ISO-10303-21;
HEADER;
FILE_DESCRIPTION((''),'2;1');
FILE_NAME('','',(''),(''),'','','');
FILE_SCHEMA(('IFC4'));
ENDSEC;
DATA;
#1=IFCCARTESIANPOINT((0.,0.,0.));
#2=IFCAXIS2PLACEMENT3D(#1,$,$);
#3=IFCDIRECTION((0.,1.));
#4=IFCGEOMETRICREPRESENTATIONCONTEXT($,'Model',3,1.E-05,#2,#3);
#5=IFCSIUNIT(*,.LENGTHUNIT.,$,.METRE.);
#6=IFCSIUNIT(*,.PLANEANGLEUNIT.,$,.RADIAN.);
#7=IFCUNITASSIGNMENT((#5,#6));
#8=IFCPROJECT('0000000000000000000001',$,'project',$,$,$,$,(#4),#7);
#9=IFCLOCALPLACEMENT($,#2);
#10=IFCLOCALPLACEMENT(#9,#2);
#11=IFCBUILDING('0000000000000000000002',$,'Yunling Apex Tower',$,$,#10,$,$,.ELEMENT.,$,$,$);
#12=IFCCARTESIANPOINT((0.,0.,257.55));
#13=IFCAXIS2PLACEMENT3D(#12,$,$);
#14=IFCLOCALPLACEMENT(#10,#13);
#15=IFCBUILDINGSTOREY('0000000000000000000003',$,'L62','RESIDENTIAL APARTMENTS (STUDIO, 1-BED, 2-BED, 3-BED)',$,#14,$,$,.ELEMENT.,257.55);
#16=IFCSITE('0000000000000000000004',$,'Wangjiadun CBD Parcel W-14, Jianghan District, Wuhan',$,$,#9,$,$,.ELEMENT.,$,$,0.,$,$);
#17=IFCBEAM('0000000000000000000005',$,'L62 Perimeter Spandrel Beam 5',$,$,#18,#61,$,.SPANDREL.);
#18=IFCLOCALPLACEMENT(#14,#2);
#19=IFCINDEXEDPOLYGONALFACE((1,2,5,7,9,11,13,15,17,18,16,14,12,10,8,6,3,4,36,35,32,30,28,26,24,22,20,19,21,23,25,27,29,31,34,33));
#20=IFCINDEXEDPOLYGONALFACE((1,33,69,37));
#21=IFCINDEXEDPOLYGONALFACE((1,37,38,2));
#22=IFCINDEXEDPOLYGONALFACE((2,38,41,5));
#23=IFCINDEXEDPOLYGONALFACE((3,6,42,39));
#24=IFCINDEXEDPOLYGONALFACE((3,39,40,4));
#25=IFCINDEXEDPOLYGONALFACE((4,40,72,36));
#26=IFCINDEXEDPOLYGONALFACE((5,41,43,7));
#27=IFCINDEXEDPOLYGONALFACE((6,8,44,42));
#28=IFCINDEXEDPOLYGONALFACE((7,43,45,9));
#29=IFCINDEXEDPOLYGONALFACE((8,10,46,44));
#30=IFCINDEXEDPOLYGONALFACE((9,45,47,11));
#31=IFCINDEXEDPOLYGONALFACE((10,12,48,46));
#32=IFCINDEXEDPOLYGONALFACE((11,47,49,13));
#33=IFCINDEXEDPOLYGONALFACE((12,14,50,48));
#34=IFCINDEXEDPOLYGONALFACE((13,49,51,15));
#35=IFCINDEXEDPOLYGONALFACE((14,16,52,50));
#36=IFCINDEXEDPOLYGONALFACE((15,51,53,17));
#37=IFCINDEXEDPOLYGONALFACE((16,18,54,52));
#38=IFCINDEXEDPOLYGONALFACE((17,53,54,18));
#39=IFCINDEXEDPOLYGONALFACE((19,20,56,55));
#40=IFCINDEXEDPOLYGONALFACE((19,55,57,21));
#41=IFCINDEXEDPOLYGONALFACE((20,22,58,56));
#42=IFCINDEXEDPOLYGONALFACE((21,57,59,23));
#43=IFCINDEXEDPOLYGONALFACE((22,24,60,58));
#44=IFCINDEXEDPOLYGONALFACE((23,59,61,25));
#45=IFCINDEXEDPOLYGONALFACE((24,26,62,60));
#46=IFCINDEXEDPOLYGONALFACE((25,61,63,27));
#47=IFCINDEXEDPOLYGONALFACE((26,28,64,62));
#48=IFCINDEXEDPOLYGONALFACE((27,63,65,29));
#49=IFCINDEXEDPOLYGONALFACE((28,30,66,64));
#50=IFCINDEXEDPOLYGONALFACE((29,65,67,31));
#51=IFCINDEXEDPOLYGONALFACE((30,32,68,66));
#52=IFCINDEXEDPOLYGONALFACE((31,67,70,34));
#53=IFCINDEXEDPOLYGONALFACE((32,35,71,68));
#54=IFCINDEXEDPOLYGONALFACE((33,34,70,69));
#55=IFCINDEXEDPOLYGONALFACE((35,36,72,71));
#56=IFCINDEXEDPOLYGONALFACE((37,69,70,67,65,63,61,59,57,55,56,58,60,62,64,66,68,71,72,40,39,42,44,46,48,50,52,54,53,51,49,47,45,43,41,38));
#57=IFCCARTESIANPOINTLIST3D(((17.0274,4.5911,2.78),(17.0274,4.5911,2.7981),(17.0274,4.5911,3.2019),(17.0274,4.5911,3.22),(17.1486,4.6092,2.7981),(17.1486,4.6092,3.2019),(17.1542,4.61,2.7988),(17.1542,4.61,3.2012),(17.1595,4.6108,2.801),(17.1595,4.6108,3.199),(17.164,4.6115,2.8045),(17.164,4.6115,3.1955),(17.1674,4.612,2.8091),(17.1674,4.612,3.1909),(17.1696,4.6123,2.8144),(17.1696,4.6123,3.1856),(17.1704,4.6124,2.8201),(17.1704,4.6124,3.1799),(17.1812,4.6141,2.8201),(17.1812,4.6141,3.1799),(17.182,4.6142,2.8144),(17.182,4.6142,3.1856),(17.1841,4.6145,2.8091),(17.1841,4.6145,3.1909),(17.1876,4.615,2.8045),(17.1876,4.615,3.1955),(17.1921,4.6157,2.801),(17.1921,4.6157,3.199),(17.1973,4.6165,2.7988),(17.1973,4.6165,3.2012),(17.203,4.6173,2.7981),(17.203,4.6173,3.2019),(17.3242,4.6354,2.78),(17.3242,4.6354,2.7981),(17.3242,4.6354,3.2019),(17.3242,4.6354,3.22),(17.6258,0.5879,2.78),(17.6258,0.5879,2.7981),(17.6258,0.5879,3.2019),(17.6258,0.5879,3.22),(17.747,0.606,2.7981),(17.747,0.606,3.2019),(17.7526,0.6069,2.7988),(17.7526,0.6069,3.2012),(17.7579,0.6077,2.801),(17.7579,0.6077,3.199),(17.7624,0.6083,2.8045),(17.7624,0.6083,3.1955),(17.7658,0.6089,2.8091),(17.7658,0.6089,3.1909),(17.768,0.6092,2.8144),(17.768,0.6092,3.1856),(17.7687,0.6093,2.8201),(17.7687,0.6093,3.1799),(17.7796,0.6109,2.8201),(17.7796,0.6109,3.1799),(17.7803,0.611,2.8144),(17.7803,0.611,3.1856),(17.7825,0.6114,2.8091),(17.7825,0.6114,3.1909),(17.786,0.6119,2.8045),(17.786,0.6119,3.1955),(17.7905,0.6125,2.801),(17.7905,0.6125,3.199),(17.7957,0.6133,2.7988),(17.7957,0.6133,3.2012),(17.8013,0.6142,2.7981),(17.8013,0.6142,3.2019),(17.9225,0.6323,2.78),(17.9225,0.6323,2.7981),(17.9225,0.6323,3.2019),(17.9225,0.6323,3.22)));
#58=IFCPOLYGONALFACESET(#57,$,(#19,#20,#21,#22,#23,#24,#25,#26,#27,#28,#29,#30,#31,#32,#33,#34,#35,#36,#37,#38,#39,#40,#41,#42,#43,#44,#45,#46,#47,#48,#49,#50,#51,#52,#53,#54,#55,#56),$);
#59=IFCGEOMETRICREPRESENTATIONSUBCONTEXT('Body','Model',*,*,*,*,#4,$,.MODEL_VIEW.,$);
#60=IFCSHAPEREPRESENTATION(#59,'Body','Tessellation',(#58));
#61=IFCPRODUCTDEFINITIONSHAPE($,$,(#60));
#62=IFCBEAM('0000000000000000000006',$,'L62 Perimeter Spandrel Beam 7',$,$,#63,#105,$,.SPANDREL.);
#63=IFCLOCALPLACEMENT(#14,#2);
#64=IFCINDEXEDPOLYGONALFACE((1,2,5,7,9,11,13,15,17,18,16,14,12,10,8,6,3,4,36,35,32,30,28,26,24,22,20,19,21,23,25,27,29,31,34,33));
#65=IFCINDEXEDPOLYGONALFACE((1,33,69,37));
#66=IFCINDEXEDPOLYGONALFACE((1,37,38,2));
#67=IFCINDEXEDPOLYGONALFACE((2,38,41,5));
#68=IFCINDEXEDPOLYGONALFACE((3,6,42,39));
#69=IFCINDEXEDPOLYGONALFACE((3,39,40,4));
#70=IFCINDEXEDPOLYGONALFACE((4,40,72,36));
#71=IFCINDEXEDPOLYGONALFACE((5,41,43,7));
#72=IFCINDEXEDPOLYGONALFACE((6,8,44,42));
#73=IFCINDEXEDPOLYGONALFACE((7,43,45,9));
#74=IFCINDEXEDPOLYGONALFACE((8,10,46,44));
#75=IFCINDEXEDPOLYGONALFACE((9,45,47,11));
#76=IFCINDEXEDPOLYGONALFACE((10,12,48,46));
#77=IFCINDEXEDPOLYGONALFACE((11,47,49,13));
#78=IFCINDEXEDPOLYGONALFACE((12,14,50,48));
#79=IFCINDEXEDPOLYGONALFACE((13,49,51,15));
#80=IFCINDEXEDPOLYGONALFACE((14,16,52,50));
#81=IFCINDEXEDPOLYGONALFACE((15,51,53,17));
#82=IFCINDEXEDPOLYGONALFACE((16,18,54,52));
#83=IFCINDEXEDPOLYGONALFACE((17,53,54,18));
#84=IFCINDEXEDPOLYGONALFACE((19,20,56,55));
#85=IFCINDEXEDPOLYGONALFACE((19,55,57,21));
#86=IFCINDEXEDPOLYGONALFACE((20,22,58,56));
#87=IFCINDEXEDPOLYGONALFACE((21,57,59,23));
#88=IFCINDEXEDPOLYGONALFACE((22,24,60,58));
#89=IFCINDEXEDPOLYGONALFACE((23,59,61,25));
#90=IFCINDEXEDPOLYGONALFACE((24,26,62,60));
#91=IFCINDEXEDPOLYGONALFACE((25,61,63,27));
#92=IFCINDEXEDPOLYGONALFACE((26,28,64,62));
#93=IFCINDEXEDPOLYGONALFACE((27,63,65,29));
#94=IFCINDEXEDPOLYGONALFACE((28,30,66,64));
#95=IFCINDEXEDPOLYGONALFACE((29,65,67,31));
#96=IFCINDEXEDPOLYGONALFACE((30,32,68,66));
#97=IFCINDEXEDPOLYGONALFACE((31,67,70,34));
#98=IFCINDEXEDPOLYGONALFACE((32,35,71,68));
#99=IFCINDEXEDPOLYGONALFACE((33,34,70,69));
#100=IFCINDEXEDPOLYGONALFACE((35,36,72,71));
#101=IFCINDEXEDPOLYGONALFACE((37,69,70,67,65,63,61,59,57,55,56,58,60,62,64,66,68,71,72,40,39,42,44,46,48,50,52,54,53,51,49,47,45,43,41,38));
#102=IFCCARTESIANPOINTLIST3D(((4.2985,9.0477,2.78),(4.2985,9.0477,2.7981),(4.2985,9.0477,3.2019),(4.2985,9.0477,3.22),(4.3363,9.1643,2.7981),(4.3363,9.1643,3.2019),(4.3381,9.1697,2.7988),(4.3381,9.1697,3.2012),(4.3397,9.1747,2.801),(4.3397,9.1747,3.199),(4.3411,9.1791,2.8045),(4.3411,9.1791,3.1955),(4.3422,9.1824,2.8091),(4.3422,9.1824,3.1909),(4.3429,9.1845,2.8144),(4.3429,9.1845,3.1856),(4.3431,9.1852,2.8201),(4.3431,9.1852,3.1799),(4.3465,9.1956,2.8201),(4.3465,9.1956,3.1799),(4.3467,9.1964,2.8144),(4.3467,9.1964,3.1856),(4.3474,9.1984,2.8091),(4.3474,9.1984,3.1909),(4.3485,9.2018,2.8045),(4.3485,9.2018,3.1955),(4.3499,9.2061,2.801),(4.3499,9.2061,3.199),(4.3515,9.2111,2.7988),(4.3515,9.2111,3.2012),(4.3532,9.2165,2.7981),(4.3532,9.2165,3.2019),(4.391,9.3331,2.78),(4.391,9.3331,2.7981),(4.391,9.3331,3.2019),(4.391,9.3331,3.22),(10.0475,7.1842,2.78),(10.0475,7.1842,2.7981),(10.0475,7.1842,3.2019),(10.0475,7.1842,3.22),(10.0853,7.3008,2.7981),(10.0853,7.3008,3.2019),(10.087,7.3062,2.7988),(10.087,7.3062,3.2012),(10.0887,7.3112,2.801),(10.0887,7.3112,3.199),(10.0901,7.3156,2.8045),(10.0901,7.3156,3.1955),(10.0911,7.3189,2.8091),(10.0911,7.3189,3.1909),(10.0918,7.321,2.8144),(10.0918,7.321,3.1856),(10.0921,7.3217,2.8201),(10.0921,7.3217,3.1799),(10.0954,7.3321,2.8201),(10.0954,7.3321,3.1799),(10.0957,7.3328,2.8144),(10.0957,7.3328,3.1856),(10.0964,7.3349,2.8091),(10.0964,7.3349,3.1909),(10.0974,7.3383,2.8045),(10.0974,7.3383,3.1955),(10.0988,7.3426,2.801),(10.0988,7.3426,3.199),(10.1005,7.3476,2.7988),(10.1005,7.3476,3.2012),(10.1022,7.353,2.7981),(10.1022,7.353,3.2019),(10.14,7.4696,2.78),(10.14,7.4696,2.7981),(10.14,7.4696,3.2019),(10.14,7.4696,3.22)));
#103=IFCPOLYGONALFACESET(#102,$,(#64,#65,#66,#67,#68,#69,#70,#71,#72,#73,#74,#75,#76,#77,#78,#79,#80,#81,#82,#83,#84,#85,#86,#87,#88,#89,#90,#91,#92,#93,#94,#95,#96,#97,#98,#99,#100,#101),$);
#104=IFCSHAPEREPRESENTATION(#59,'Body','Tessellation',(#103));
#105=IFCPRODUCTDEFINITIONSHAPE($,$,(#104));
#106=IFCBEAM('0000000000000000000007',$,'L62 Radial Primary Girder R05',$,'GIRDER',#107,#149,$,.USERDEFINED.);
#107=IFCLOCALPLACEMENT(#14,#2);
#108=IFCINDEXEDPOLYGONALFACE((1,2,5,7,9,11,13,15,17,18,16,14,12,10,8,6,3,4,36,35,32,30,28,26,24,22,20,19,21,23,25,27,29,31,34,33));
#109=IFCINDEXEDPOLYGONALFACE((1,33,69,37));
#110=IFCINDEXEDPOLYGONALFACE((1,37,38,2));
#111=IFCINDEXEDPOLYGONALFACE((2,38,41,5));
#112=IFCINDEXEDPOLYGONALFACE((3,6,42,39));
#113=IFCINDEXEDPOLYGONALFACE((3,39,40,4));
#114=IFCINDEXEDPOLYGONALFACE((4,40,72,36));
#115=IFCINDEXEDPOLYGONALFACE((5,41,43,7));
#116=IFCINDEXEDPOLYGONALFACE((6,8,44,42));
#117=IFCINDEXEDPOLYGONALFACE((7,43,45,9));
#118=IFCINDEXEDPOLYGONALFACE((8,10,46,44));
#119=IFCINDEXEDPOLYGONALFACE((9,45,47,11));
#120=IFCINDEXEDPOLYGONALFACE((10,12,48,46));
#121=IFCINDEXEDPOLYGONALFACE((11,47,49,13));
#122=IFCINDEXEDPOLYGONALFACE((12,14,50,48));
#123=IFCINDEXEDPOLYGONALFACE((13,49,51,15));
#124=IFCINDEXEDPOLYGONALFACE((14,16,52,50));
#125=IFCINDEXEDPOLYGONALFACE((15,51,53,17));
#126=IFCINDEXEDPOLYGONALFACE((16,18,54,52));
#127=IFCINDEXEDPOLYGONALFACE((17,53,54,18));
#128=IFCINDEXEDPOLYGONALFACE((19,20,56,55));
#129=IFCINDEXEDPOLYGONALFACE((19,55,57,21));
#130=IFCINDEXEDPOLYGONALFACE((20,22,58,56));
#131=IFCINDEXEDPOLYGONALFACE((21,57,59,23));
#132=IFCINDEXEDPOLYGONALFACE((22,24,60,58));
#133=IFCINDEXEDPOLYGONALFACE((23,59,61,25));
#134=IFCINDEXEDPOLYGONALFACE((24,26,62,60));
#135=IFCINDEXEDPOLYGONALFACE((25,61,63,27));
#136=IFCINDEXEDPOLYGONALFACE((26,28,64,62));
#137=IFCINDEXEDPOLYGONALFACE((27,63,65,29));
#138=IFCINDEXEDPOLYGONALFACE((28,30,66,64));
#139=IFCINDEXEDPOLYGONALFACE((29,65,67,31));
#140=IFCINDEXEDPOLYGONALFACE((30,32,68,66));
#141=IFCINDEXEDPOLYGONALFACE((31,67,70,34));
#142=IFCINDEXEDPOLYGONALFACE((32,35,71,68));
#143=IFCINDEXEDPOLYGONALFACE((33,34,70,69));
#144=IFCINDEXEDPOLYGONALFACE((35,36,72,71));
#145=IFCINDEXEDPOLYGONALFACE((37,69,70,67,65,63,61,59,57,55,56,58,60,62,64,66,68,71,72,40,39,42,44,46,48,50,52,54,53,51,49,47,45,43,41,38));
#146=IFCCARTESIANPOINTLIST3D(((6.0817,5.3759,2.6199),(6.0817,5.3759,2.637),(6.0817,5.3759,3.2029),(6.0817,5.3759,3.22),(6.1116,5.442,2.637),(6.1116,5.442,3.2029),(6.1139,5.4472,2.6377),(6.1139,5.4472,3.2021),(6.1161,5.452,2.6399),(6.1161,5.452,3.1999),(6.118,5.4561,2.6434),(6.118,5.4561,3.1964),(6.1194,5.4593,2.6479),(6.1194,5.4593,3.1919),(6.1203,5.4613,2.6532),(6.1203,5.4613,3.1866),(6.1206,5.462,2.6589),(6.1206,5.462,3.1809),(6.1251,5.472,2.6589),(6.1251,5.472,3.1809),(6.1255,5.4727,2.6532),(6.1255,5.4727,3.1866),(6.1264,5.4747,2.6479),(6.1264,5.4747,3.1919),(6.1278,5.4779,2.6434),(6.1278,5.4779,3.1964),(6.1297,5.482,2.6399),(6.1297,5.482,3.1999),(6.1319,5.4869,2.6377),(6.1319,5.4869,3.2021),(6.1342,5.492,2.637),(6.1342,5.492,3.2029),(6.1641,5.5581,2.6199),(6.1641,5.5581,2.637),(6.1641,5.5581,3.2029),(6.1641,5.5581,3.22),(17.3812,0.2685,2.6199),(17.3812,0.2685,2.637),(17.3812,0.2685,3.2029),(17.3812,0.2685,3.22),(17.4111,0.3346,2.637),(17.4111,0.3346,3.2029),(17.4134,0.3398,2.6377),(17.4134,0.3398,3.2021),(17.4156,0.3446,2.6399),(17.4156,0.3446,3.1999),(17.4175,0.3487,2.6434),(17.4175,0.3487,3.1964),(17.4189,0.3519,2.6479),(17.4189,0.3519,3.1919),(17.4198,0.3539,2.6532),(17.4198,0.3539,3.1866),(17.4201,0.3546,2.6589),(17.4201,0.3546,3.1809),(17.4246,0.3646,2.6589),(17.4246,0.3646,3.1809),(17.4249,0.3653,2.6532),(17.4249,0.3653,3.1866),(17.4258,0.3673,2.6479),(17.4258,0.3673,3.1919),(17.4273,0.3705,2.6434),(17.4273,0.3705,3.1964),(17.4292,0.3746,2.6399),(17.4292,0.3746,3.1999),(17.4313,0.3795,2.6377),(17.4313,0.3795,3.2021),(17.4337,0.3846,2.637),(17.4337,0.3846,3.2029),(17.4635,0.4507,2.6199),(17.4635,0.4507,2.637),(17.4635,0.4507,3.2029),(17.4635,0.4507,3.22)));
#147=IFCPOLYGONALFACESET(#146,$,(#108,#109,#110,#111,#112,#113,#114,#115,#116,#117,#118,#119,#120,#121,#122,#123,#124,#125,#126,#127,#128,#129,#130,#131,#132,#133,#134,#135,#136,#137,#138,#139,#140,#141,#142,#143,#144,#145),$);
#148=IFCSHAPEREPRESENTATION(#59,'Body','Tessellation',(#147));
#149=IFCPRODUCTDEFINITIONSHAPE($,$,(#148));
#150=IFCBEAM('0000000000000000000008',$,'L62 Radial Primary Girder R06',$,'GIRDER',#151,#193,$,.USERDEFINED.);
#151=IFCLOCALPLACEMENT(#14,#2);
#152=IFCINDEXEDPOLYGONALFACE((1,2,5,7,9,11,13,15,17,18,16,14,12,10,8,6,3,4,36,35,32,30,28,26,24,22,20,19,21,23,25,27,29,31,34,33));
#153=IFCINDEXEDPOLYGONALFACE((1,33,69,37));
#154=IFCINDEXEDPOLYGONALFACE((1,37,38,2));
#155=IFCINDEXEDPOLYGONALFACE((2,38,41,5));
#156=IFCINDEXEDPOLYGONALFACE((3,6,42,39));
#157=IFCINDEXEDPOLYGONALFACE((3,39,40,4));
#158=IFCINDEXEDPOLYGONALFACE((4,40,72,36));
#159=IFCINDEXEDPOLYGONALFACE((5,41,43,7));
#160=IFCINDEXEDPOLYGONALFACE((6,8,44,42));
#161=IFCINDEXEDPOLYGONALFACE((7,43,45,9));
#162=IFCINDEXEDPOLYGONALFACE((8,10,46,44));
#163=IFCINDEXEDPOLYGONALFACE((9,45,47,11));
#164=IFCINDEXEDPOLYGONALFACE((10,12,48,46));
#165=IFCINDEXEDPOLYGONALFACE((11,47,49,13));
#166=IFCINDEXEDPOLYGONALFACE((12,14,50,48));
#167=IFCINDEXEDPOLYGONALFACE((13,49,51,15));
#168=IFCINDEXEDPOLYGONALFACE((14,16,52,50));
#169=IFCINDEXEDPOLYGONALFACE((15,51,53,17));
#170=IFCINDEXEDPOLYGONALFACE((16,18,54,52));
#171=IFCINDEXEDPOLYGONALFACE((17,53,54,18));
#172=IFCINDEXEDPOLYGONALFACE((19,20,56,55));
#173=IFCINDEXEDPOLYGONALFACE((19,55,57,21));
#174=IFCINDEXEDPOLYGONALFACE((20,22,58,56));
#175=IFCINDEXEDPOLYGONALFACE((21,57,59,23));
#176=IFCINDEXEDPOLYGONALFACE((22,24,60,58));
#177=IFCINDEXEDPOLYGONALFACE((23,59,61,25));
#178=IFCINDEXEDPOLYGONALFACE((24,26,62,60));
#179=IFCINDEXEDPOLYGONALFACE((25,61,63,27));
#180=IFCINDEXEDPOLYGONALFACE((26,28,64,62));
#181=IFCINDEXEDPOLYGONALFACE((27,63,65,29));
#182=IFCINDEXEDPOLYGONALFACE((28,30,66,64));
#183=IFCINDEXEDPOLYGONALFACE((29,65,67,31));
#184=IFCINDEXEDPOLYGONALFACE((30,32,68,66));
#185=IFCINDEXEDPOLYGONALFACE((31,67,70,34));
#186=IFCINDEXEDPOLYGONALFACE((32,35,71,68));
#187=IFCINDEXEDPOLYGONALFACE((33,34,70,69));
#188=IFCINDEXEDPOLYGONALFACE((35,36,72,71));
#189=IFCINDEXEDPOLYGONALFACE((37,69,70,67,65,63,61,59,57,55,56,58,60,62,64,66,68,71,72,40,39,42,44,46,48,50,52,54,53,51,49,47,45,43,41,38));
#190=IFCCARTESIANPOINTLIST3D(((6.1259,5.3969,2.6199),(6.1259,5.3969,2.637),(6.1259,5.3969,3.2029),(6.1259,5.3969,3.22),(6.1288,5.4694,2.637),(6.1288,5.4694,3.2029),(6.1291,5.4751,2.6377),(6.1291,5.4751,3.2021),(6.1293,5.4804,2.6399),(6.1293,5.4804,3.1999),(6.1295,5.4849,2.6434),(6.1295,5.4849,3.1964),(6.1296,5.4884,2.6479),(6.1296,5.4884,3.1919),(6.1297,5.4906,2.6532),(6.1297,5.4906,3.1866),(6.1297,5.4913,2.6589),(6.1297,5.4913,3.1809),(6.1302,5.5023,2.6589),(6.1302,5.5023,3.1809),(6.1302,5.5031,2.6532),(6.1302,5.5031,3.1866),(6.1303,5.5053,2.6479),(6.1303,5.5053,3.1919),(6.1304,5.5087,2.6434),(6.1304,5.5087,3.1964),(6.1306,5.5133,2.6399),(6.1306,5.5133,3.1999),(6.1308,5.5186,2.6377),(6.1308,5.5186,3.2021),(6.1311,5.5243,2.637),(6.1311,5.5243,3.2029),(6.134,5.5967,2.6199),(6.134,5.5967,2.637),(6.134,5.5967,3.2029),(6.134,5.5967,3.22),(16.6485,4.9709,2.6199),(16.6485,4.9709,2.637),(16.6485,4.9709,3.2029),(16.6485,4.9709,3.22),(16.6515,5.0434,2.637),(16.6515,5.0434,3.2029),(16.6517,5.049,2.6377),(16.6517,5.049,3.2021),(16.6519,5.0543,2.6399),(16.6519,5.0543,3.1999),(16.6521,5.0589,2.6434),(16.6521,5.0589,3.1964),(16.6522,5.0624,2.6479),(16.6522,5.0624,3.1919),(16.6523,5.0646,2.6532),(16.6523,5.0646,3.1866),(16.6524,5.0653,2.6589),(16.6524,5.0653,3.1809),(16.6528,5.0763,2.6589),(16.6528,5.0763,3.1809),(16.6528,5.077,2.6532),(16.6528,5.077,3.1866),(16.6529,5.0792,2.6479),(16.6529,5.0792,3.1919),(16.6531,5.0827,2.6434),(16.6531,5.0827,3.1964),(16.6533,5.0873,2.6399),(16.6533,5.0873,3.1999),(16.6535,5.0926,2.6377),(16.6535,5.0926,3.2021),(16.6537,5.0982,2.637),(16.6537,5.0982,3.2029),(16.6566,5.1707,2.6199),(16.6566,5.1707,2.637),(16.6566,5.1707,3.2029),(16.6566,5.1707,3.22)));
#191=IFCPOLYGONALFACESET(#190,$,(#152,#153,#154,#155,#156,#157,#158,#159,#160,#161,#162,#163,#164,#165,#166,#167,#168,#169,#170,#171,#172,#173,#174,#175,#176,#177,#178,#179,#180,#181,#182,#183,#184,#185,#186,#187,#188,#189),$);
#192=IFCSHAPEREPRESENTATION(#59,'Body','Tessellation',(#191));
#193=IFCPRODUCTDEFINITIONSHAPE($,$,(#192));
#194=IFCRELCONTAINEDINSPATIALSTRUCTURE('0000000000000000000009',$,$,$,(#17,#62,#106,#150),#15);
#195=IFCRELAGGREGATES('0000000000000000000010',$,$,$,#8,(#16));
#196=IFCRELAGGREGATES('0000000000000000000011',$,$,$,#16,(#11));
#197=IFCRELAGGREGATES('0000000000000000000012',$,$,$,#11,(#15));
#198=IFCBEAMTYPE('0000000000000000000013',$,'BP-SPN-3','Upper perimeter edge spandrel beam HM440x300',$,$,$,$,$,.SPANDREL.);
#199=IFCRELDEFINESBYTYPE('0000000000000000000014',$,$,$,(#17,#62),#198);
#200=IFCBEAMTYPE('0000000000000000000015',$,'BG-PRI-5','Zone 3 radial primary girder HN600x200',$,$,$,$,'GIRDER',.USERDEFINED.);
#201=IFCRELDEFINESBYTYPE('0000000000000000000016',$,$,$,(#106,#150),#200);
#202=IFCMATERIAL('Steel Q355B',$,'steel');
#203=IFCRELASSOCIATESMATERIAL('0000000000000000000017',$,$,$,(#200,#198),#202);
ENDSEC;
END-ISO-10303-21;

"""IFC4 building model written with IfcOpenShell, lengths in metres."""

from ifc_helpers import new_model, si_unit, direction, frame, origin, origin_2d, place, context, subcontext, project, spatial, i_section, extrude, source, transform, mapped, material, material_profile, profile_set, type_object, element, save


model = new_model("IFC4")

# Units and contexts
model_context = context("Model", 3, precision=1e-05, world=origin(), true_north=direction((0.0, 1.0)))
body_context = subcontext(model_context, "Body", "Model", "MODEL_VIEW")
ifc_project = project(units=[si_unit("LENGTHUNIT", "METRE"), si_unit("PLANEANGLEUNIT", "RADIAN")], contexts=[model_context])

# Site, building, storey
site_placement = place(None, origin())
site = spatial("IfcSite", under=ifc_project, at=site_placement, Name="Wangjiadun CBD Parcel W-14, Jianghan District, Wuhan", CompositionType="ELEMENT", RefElevation=0.0)
building_placement = place(site_placement, origin())
building = spatial("IfcBuilding", under=site, at=building_placement, Name="Yunling Apex Tower", CompositionType="ELEMENT")
storey_placement = place(building_placement, frame((0.0, 0.0, 257.55)))
storey = spatial("IfcBuildingStorey", under=building, at=storey_placement, Name="L62", Description="RESIDENTIAL APARTMENTS (STUDIO, 1-BED, 2-BED, 3-BED)", CompositionType="ELEMENT", Elevation=257.55)

# Shared definitions
ifc_material_1 = material(Name="Steel Q355B", Category="steel")

# Beams
ifc_material_profile_1 = material_profile(ifc_material_1, i_section(OverallWidth=0.2, OverallDepth=0.6001, WebThickness=0.011, FlangeThickness=0.0171, FilletRadius=0.022, at=origin_2d()))
ifc_profile_set_1 = profile_set([ifc_material_profile_1], Name="Steel Q355B")
beam_type_1 = type_object("IfcBeamType", Name="BG-PRI-5", Description="Zone 3 radial primary girder HN600x200", ElementType="GIRDER", PredefinedType="USERDEFINED", material=ifc_profile_set_1)
ifc_material_profile_2 = material_profile(ifc_material_1, i_section(OverallWidth=0.3, OverallDepth=0.4399, WebThickness=0.011, FlangeThickness=0.0181, FilletRadius=0.022, at=origin_2d()))
ifc_profile_set_2 = profile_set([ifc_material_profile_2], Name="Steel Q355B")
beam_type_2 = type_object("IfcBeamType", Name="BP-SPN-3", Description="Upper perimeter edge spandrel beam HM440x300", PredefinedType="SPANDREL", material=ifc_profile_set_2)
shared_shape_1 = source(origin(), body_context, "Body", "SweptSolid", [
    extrude(i_section(OverallWidth=0.3, OverallDepth=0.4399, WebThickness=0.011, FlangeThickness=0.0181, FilletRadius=0.022, at=origin_2d()), origin(), (0.0, 0.0, 1.0), 4.0476),
])
beam_1_placement = place(storey_placement, frame((17.7742, 0.6101, 3.0), z_axis=(-0.147836, 0.989012, 0.0), x_axis=(-0.989012, -0.147836, 0.0)))
element("IfcBeam", 1, at=beam_1_placement, inside=storey, type_object=beam_type_2, Name="L62 Perimeter Spandrel Beam 5", PredefinedType="SPANDREL", context=body_context, shape_type="MappedRepresentation", body=[
    mapped(shared_shape_1, transform((0.0, 0.0, 0.0), scale=1.0)),
])
shared_shape_2 = source(origin(), body_context, "Body", "SweptSolid", [
    extrude(i_section(OverallWidth=0.3, OverallDepth=0.4399, WebThickness=0.011, FlangeThickness=0.0181, FilletRadius=0.022, at=origin_2d()), origin(), (0.0, 0.0, 1.0), 6.0435),
])
beam_2_placement = place(storey_placement, frame((10.0938, 7.3269, 3.0), z_axis=(-0.951272, 0.308352, 0.0), x_axis=(-0.308352, -0.951272, 0.0)))
element("IfcBeam", 2, at=beam_2_placement, inside=storey, type_object=beam_type_2, Name="L62 Perimeter Spandrel Beam 7", PredefinedType="SPANDREL", context=body_context, shape_type="MappedRepresentation", body=[
    mapped(shared_shape_2, transform((0.0, 0.0, 0.0), scale=1.0)),
])
shared_shape_3 = source(origin(), body_context, "Body", "SweptSolid", [
    extrude(i_section(OverallWidth=0.2, OverallDepth=0.6001, WebThickness=0.011, FlangeThickness=0.0171, FilletRadius=0.022, at=origin_2d()), origin(), (0.0, 0.0, 1.0), 12.4001),
])
beam_3_placement = place(storey_placement, frame((17.4224, 0.3596, 2.9199), z_axis=(-0.911238, 0.411881, 0.0), x_axis=(-0.411881, -0.911238, 0.0)))
element("IfcBeam", 3, at=beam_3_placement, inside=storey, type_object=beam_type_1, Name="L62 Radial Primary Girder R05", ObjectType="GIRDER", PredefinedType="USERDEFINED", context=body_context, shape_type="MappedRepresentation", body=[
    mapped(shared_shape_3, transform((0.0, 0.0, 0.0), scale=1.0)),
])
shared_shape_4 = source(origin(), body_context, "Body", "SweptSolid", [
    extrude(i_section(OverallWidth=0.2, OverallDepth=0.6001, WebThickness=0.011, FlangeThickness=0.0171, FilletRadius=0.022, at=origin_2d()), origin(), (0.0, 0.0, 1.0), 10.5312),
])
beam_4_placement = place(storey_placement, frame((16.6526, 5.0708, 2.9199), z_axis=(-0.999181, 0.040453, 0.0), x_axis=(-0.040453, -0.999181, 0.0)))
element("IfcBeam", 4, at=beam_4_placement, inside=storey, type_object=beam_type_1, Name="L62 Radial Primary Girder R06", ObjectType="GIRDER", PredefinedType="USERDEFINED", context=body_context, shape_type="MappedRepresentation", body=[
    mapped(shared_shape_4, transform((0.0, 0.0, 0.0), scale=1.0)),
])

save(model, "model.ifc")
